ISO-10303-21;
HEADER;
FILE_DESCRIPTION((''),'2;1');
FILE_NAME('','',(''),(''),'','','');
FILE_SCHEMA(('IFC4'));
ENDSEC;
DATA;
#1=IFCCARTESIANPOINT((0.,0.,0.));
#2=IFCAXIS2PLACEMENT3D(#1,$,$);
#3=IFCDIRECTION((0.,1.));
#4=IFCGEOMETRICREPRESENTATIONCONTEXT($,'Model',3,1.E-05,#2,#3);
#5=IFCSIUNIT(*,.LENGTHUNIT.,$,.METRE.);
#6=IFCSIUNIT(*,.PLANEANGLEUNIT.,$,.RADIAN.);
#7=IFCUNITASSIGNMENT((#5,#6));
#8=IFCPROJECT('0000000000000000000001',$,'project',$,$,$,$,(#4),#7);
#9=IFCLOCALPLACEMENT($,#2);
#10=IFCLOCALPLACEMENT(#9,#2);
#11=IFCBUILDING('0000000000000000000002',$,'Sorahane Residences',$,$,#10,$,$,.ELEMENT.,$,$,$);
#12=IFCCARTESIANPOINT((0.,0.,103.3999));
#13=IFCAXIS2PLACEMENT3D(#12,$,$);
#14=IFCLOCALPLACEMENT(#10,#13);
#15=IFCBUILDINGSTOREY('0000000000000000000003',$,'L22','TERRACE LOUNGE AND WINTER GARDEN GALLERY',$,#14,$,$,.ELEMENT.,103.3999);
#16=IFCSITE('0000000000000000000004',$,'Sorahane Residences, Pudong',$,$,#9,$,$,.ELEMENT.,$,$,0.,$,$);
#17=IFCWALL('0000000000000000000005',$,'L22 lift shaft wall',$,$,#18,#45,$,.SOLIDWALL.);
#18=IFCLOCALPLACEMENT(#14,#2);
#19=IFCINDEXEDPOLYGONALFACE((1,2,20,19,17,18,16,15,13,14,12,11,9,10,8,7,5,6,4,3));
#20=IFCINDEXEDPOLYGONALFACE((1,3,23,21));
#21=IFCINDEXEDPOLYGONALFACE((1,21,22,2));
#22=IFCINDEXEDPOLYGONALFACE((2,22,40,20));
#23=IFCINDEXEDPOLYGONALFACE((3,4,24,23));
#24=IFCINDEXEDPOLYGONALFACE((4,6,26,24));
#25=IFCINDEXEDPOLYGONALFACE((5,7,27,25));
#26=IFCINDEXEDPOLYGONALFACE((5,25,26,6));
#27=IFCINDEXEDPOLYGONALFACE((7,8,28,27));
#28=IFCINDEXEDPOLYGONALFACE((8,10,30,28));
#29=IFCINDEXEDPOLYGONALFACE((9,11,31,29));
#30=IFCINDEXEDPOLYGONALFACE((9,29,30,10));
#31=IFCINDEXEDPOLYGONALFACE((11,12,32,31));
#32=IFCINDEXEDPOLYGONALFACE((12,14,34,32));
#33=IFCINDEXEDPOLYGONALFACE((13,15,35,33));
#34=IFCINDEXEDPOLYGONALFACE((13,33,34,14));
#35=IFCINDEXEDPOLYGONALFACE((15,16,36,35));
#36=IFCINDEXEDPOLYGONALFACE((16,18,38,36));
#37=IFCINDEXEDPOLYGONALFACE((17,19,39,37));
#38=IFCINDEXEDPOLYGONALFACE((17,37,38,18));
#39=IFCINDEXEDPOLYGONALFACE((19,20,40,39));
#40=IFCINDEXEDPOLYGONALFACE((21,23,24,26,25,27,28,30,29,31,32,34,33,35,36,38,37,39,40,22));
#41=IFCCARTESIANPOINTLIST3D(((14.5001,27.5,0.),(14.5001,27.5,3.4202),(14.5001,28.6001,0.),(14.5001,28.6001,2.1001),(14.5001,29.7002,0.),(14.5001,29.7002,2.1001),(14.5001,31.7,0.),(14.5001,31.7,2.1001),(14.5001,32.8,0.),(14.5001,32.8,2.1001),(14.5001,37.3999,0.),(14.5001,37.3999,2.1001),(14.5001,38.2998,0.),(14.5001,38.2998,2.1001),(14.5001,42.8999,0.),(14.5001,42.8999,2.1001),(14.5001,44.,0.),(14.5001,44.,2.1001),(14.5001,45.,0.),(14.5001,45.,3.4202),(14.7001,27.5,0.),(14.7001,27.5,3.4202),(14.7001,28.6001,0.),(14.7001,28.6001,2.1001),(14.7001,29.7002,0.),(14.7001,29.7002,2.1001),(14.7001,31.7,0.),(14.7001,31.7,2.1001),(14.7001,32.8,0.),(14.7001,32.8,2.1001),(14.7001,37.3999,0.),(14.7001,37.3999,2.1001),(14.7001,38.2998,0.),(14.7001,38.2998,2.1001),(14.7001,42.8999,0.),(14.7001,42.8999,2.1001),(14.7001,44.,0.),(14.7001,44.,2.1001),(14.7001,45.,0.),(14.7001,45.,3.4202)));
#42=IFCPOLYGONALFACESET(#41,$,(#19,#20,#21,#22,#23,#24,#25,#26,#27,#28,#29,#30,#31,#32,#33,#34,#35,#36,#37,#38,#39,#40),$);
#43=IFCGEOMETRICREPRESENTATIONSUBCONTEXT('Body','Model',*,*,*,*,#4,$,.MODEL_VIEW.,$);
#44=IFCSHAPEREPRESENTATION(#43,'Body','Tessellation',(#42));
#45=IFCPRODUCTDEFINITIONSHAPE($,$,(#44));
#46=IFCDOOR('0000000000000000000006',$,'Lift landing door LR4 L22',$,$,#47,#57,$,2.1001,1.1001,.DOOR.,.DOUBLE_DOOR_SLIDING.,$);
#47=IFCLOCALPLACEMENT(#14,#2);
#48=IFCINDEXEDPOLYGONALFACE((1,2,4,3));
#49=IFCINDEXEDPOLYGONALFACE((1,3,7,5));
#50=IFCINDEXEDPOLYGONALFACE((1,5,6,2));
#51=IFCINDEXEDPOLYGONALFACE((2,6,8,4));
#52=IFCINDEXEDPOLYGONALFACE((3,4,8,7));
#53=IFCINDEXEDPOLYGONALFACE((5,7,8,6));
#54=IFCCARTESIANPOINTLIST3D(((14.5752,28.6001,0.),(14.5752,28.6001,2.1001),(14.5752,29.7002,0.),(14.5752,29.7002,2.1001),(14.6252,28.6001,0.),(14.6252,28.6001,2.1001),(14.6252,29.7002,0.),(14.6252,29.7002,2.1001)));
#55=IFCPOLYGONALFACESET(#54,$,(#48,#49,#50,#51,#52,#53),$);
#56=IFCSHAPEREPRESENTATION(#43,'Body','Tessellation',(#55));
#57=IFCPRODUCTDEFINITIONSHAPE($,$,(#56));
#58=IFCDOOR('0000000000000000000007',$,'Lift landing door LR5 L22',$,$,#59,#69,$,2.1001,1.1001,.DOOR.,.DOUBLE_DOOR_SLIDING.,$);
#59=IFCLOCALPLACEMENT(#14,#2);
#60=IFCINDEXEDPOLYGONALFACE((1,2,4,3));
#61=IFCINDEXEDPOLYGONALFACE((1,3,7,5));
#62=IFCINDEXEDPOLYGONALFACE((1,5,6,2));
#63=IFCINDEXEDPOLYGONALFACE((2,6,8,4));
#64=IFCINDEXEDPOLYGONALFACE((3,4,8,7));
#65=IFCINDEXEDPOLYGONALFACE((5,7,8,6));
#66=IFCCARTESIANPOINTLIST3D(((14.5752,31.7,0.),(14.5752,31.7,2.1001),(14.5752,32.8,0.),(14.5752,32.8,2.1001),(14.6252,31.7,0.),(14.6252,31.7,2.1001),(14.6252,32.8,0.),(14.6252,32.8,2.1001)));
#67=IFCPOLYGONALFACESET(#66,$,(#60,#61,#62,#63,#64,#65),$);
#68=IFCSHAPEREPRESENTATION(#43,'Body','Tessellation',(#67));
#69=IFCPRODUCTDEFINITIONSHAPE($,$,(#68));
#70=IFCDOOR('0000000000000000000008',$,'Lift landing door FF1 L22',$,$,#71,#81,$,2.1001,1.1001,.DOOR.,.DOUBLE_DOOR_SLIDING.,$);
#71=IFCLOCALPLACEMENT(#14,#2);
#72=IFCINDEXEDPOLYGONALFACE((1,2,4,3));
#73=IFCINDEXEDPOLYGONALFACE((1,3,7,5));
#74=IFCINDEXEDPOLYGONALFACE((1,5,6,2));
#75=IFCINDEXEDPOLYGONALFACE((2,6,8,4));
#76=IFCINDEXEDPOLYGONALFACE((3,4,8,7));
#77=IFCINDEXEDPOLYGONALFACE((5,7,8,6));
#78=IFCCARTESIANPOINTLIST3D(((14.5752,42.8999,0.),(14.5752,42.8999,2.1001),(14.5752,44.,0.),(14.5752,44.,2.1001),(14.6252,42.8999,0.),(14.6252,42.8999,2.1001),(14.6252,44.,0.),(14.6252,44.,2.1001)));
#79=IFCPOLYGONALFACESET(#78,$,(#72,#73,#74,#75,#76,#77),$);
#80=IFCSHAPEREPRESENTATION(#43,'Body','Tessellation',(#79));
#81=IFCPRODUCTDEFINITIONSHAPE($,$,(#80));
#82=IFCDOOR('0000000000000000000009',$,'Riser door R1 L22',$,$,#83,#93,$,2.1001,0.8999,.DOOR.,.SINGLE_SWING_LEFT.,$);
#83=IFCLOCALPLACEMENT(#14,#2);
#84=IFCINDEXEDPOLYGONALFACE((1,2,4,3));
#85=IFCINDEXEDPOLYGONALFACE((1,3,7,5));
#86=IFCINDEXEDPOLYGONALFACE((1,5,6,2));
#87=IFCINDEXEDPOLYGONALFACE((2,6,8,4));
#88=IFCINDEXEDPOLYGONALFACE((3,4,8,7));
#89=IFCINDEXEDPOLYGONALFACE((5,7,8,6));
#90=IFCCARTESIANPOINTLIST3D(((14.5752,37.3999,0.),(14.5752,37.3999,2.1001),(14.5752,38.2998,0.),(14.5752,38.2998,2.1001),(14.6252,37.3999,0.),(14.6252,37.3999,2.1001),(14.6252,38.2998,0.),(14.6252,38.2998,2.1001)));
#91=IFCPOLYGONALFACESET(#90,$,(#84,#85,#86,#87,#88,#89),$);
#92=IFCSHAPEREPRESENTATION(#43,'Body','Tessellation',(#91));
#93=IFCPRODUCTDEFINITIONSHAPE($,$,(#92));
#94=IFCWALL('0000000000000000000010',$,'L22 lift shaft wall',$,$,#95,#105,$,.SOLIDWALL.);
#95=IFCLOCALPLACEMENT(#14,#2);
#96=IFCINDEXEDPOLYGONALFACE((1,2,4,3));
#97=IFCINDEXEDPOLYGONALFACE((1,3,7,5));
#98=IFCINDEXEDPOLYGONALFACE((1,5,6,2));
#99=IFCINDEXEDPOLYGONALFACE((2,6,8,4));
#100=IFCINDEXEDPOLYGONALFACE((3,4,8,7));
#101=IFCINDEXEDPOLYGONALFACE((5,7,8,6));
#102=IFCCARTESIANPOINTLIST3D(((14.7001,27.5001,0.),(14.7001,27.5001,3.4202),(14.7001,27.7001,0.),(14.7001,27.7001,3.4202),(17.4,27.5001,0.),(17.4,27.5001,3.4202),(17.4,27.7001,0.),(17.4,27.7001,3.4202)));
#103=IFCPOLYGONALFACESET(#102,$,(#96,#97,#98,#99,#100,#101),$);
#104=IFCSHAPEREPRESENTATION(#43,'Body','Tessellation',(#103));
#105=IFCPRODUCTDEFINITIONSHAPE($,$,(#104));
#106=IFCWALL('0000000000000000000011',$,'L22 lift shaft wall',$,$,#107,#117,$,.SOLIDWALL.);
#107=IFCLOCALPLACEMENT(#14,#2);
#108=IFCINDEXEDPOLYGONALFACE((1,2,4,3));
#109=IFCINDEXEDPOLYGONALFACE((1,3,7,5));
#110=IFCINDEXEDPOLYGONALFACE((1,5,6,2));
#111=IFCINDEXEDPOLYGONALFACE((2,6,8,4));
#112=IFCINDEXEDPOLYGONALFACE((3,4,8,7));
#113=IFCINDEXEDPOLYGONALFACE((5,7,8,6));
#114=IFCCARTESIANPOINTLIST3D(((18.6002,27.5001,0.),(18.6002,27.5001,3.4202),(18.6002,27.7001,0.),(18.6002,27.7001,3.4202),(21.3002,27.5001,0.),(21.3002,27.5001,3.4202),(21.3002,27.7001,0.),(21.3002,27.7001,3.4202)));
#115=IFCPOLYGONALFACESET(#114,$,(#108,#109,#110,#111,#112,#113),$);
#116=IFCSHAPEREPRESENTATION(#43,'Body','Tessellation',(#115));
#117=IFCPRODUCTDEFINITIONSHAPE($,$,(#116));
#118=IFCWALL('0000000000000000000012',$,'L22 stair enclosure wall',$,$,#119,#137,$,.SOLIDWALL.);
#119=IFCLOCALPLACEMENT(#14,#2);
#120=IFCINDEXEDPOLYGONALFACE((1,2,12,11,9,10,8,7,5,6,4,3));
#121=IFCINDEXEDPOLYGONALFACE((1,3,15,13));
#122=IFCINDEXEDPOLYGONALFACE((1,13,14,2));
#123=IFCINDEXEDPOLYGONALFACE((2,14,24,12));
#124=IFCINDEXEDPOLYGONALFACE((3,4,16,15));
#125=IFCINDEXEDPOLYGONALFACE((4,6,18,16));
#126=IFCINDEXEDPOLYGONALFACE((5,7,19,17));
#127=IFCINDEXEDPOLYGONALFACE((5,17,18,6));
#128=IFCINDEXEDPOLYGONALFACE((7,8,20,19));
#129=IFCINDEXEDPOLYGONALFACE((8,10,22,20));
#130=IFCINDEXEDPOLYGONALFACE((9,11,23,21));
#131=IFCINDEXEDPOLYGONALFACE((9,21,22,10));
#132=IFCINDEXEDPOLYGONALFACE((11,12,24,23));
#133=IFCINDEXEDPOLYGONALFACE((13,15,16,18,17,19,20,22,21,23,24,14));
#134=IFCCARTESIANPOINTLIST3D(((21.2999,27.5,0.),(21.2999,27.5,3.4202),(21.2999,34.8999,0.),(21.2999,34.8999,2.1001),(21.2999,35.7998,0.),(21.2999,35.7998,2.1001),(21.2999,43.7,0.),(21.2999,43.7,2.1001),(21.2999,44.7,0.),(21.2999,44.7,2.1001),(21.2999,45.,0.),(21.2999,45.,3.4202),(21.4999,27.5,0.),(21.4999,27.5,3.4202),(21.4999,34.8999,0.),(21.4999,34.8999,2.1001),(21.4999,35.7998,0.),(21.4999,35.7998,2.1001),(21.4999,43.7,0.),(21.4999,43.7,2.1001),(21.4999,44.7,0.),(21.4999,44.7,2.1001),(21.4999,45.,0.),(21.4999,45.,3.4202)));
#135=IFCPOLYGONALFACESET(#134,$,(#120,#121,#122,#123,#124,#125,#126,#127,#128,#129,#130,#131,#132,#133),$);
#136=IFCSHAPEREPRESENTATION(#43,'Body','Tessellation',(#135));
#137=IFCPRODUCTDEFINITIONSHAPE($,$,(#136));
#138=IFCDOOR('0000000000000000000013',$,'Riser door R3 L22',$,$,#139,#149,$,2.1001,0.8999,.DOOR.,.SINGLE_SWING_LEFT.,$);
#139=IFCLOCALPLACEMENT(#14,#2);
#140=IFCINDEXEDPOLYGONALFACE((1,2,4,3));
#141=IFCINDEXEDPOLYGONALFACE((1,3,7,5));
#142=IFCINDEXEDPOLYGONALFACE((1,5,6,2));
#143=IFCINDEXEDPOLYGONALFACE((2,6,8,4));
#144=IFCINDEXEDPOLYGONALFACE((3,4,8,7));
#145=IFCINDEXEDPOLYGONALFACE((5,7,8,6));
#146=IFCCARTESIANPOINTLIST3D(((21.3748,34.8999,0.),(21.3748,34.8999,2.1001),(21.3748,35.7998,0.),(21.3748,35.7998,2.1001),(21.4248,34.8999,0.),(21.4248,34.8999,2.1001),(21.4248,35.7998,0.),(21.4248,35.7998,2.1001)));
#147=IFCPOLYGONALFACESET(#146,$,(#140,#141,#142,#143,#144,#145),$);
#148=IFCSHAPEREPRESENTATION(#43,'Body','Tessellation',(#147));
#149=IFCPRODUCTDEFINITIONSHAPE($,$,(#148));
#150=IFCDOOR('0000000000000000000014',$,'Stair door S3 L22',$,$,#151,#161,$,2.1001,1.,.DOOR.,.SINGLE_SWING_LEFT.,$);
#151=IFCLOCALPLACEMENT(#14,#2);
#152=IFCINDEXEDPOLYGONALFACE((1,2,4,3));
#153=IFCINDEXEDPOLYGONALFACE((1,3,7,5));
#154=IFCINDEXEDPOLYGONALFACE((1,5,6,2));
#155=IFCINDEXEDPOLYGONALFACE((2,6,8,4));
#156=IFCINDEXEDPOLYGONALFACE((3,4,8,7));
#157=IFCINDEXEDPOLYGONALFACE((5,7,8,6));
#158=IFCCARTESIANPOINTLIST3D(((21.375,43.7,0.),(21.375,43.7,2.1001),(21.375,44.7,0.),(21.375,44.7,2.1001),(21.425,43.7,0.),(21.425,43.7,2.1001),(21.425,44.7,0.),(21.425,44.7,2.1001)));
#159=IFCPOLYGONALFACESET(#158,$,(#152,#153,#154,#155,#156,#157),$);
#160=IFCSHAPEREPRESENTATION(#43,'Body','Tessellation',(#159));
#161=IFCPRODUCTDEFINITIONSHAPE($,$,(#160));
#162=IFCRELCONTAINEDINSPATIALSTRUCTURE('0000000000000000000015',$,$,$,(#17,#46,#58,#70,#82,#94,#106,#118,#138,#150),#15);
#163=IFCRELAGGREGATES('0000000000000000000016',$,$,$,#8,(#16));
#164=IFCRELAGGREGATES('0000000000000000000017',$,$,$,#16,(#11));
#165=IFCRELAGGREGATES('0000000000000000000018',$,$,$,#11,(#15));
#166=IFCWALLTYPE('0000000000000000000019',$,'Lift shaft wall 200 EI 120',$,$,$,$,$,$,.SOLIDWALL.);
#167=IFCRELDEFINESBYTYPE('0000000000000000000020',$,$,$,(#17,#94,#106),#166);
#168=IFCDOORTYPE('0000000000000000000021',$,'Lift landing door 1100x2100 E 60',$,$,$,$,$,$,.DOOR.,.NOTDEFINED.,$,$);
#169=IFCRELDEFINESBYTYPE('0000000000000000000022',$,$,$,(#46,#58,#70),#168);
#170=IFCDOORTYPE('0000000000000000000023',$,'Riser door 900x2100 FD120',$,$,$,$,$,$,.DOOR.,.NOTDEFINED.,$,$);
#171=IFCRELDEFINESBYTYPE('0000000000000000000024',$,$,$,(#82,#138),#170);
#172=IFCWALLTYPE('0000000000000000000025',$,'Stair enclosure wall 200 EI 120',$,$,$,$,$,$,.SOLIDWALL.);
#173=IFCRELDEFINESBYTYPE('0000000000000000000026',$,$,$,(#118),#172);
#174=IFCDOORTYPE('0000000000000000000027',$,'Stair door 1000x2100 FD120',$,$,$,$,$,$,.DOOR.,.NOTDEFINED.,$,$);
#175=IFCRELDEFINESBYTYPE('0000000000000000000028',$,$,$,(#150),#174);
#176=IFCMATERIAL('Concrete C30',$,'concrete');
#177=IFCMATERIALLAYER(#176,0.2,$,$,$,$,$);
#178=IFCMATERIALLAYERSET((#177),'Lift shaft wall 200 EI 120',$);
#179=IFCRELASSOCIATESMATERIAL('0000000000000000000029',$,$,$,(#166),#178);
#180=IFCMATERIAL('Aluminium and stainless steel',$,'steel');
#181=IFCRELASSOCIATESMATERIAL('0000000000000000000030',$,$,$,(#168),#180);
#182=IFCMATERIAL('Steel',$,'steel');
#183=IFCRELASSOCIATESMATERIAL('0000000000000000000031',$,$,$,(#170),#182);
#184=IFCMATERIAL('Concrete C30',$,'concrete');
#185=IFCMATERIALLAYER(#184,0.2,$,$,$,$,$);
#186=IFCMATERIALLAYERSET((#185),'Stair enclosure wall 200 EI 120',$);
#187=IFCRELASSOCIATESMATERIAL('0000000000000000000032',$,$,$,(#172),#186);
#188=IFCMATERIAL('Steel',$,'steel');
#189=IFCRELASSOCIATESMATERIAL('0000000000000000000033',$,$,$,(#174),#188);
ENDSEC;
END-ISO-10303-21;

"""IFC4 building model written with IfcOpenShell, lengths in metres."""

from ifc_helpers import new_model, si_unit, direction, frame, frame_2d, origin, place, context, subcontext, project, spatial, rectangle, extrude, material, layer, layer_set, type_object, element, fill, save


model = new_model("IFC4")

# Units and contexts
model_context = context("Model", 3, precision=1e-05, world=origin(), true_north=direction((0.0, 1.0)))
body_context = subcontext(model_context, "Body", "Model", "MODEL_VIEW")
ifc_project = project(units=[si_unit("LENGTHUNIT", "METRE"), si_unit("PLANEANGLEUNIT", "RADIAN")], contexts=[model_context])

# Site, building, storey
site_placement = place(None, origin())
site = spatial("IfcSite", under=ifc_project, at=site_placement, Name="Sorahane Residences, Pudong", CompositionType="ELEMENT", RefElevation=0.0)
building_placement = place(site_placement, origin())
building = spatial("IfcBuilding", under=site, at=building_placement, Name="Sorahane Residences", CompositionType="ELEMENT")
storey_placement = place(building_placement, frame((0.0, 0.0, 103.3999)))
storey = spatial("IfcBuildingStorey", under=building, at=storey_placement, Name="L22", Description="TERRACE LOUNGE AND WINTER GARDEN GALLERY", CompositionType="ELEMENT", Elevation=103.3999)

# Wall, openings, doors
ifc_material_1 = material(Name="Concrete C30", Category="concrete")
ifc_layer_1 = layer(ifc_material_1, 0.2)
ifc_layer_set_1 = layer_set([ifc_layer_1], Name="Lift shaft wall 200 EI 120")
wall_type_1 = type_object("IfcWallType", Name="Lift shaft wall 200 EI 120", PredefinedType="SOLIDWALL", material=ifc_layer_set_1)
wall_1_placement = place(storey_placement, frame((14.6001, 27.5, 0.0), z_axis=(0.0, 0.0, 1.0), x_axis=(0.0, 1.0, 0.0)))
wall_1 = element("IfcWall", 1, at=wall_1_placement, inside=storey, type_object=wall_type_1, Name="L22 lift shaft wall", PredefinedType="SOLIDWALL", context=body_context, shape_type="SweptSolid", body=[
    extrude(rectangle(XDim=17.5, YDim=0.2, at=frame_2d((8.75, 0.0))), origin(), (0.0, 0.0, 1.0), 3.4202),
])
opening_1_placement = place(wall_1_placement, frame((1.1001, 0.0, 0.0)))
opening_1 = element("IfcOpeningElement", 2, at=opening_1_placement, cuts=wall_1, PredefinedType="OPENING", context=body_context, shape_type="SweptSolid", body=[
    extrude(rectangle(XDim=1.1001, YDim=2.1001, at=frame_2d((0.55, 1.05))), frame((0.0, 0.1099, 0.0), z_axis=(0.0, -1.0, 0.0), x_axis=(1.0, 0.0, 0.0)), (0.0, 0.0, 1.0), 0.22),
])
opening_2_placement = place(wall_1_placement, frame((4.2, 0.0, 0.0)))
opening_2 = element("IfcOpeningElement", 3, at=opening_2_placement, cuts=wall_1, PredefinedType="OPENING", context=body_context, shape_type="SweptSolid", body=[
    extrude(rectangle(XDim=1.1001, YDim=2.1001, at=frame_2d((0.55, 1.05))), frame((0.0, 0.1099, 0.0), z_axis=(0.0, -1.0, 0.0), x_axis=(1.0, 0.0, 0.0)), (0.0, 0.0, 1.0), 0.22),
])
opening_3_placement = place(wall_1_placement, frame((15.3999, 0.0, 0.0)))
opening_3 = element("IfcOpeningElement", 4, at=opening_3_placement, cuts=wall_1, PredefinedType="OPENING", context=body_context, shape_type="SweptSolid", body=[
    extrude(rectangle(XDim=1.1001, YDim=2.1001, at=frame_2d((0.55, 1.05))), frame((0.0, 0.1099, 0.0), z_axis=(0.0, -1.0, 0.0), x_axis=(1.0, 0.0, 0.0)), (0.0, 0.0, 1.0), 0.22),
])
opening_4_placement = place(wall_1_placement, frame((9.8999, 0.0, 0.0)))
opening_4 = element("IfcOpeningElement", 5, at=opening_4_placement, cuts=wall_1, PredefinedType="OPENING", context=body_context, shape_type="SweptSolid", body=[
    extrude(rectangle(XDim=0.8999, YDim=2.1001, at=frame_2d((0.45, 1.05))), frame((0.0, 0.1099, 0.0), z_axis=(0.0, -1.0, 0.0), x_axis=(1.0, 0.0, 0.0)), (0.0, 0.0, 1.0), 0.22),
])
ifc_material_2 = material(Name="Aluminium and stainless steel", Category="steel")
door_type_1 = type_object("IfcDoorType", Name="Lift landing door 1100x2100 E 60", OperationType="NOTDEFINED", PredefinedType="DOOR", material=ifc_material_2)
door_1_placement = place(opening_1_placement, origin())
door_1 = element("IfcDoor", 6, at=door_1_placement, inside=storey, type_object=door_type_1, Name="Lift landing door LR4 L22", OperationType="DOUBLE_DOOR_SLIDING", OverallHeight=2.1001, OverallWidth=1.1001, PredefinedType="DOOR", context=body_context, shape_type="SweptSolid", body=[
    extrude(rectangle(XDim=1.1001, YDim=2.1001, at=frame_2d((0.55, 1.05))), frame((0.0, 0.0249, 0.0), z_axis=(0.0, -1.0, 0.0), x_axis=(1.0, 0.0, 0.0)), (0.0, 0.0, 1.0), 0.05),
])
fill(opening_1, door_1)
door_2_placement = place(opening_2_placement, origin())
door_2 = element("IfcDoor", 7, at=door_2_placement, inside=storey, type_object=door_type_1, Name="Lift landing door LR5 L22", OperationType="DOUBLE_DOOR_SLIDING", OverallHeight=2.1001, OverallWidth=1.1001, PredefinedType="DOOR", context=body_context, shape_type="SweptSolid", body=[
    extrude(rectangle(XDim=1.1001, YDim=2.1001, at=frame_2d((0.55, 1.05))), frame((0.0, 0.0249, 0.0), z_axis=(0.0, -1.0, 0.0), x_axis=(1.0, 0.0, 0.0)), (0.0, 0.0, 1.0), 0.05),
])
fill(opening_2, door_2)
door_3_placement = place(opening_3_placement, origin())
door_3 = element("IfcDoor", 8, at=door_3_placement, inside=storey, type_object=door_type_1, Name="Lift landing door FF1 L22", OperationType="DOUBLE_DOOR_SLIDING", OverallHeight=2.1001, OverallWidth=1.1001, PredefinedType="DOOR", context=body_context, shape_type="SweptSolid", body=[
    extrude(rectangle(XDim=1.1001, YDim=2.1001, at=frame_2d((0.55, 1.05))), frame((0.0, 0.0249, 0.0), z_axis=(0.0, -1.0, 0.0), x_axis=(1.0, 0.0, 0.0)), (0.0, 0.0, 1.0), 0.05),
])
fill(opening_3, door_3)
ifc_material_3 = material(Name="Steel", Category="steel")
door_type_2 = type_object("IfcDoorType", Name="Riser door 900x2100 FD120", OperationType="NOTDEFINED", PredefinedType="DOOR", material=ifc_material_3)
door_4_placement = place(opening_4_placement, origin())
door_4 = element("IfcDoor", 9, at=door_4_placement, inside=storey, type_object=door_type_2, Name="Riser door R1 L22", OperationType="SINGLE_SWING_LEFT", OverallHeight=2.1001, OverallWidth=0.8999, PredefinedType="DOOR", context=body_context, shape_type="SweptSolid", body=[
    extrude(rectangle(XDim=0.8999, YDim=2.1001, at=frame_2d((0.45, 1.05))), frame((0.0, 0.0249, 0.0), z_axis=(0.0, -1.0, 0.0), x_axis=(1.0, 0.0, 0.0)), (0.0, 0.0, 1.0), 0.05),
])
fill(opening_4, door_4)

# Walls
for number, where, z_axis, x_axis, name in (
    (10, (14.7, 27.6001, 0.0), (0.0, 0.0, 1.0), (1.0, 0.0, 0.0), "L22 lift shaft wall"),
    (11, (18.6001, 27.6001, 0.0), (0.0, 0.0, 1.0), (1.0, 0.0, 0.0), "L22 lift shaft wall"),
):
    element("IfcWall", number, at=place(storey_placement, frame(where, z_axis=z_axis, x_axis=x_axis)), inside=storey, type_object=wall_type_1, Name=name, PredefinedType="SOLIDWALL", context=body_context, shape_type="SweptSolid", body=[
        extrude(rectangle(XDim=2.7, YDim=0.2, at=frame_2d((1.3501, 0.0))), origin(), (0.0, 0.0, 1.0), 3.4202),
    ])

# Wall, openings, doors
ifc_material_4 = material(Name="Concrete C30", Category="concrete")
ifc_layer_2 = layer(ifc_material_4, 0.2)
ifc_layer_set_2 = layer_set([ifc_layer_2], Name="Stair enclosure wall 200 EI 120")
wall_type_2 = type_object("IfcWallType", Name="Stair enclosure wall 200 EI 120", PredefinedType="SOLIDWALL", material=ifc_layer_set_2)
wall_2_placement = place(storey_placement, frame((21.3999, 27.5, 0.0), z_axis=(0.0, 0.0, 1.0), x_axis=(0.0, 1.0, 0.0)))
wall_2 = element("IfcWall", 12, at=wall_2_placement, inside=storey, type_object=wall_type_2, Name="L22 stair enclosure wall", PredefinedType="SOLIDWALL", context=body_context, shape_type="SweptSolid", body=[
    extrude(rectangle(XDim=17.5, YDim=0.2, at=frame_2d((8.75, 0.0))), origin(), (0.0, 0.0, 1.0), 3.4202),
])
opening_5_placement = place(wall_2_placement, frame((16.2, 0.0, 0.0)))
opening_5 = element("IfcOpeningElement", 13, at=opening_5_placement, cuts=wall_2, PredefinedType="OPENING", context=body_context, shape_type="SweptSolid", body=[
    extrude(rectangle(XDim=1.0, YDim=2.1001, at=frame_2d((0.5, 1.05))), frame((0.0, 0.1099, 0.0), z_axis=(0.0, -1.0, 0.0), x_axis=(1.0, 0.0, 0.0)), (0.0, 0.0, 1.0), 0.22),
])
opening_6_placement = place(wall_2_placement, frame((7.3999, 0.0, 0.0)))
opening_6 = element("IfcOpeningElement", 14, at=opening_6_placement, cuts=wall_2, PredefinedType="OPENING", context=body_context, shape_type="SweptSolid", body=[
    extrude(rectangle(XDim=0.8999, YDim=2.1001, at=frame_2d((0.45, 1.05))), frame((0.0, 0.1099, 0.0), z_axis=(0.0, -1.0, 0.0), x_axis=(1.0, 0.0, 0.0)), (0.0, 0.0, 1.0), 0.22),
])
door_5_placement = place(opening_6_placement, frame((0.8999, 0.0, 0.0), z_axis=(0.0, 0.0, 1.0), x_axis=(-1.0, 0.0, 0.0)))
door_5 = element("IfcDoor", 15, at=door_5_placement, inside=storey, type_object=door_type_2, Name="Riser door R3 L22", OperationType="SINGLE_SWING_LEFT", OverallHeight=2.1001, OverallWidth=0.8999, PredefinedType="DOOR", context=body_context, shape_type="SweptSolid", body=[
    extrude(rectangle(XDim=0.8999, YDim=2.1001, at=frame_2d((0.45, 1.05))), frame((0.0, 0.0249, 0.0), z_axis=(0.0, -1.0, 0.0), x_axis=(1.0, 0.0, 0.0)), (0.0, 0.0, 1.0), 0.05),
])
fill(opening_6, door_5)
ifc_material_5 = material(Name="Steel", Category="steel")
door_type_3 = type_object("IfcDoorType", Name="Stair door 1000x2100 FD120", OperationType="NOTDEFINED", PredefinedType="DOOR", material=ifc_material_5)
door_6_placement = place(opening_5_placement, origin())
door_6 = element("IfcDoor", 16, at=door_6_placement, inside=storey, type_object=door_type_3, Name="Stair door S3 L22", OperationType="SINGLE_SWING_LEFT", OverallHeight=2.1001, OverallWidth=1.0, PredefinedType="DOOR", context=body_context, shape_type="SweptSolid", body=[
    extrude(rectangle(XDim=1.0, YDim=2.1001, at=frame_2d((0.5, 1.05))), frame((0.0, 0.0249, 0.0), z_axis=(0.0, -1.0, 0.0), x_axis=(1.0, 0.0, 0.0)), (0.0, 0.0, 1.0), 0.05),
])
fill(opening_5, door_6)

save(model, "model.ifc")
